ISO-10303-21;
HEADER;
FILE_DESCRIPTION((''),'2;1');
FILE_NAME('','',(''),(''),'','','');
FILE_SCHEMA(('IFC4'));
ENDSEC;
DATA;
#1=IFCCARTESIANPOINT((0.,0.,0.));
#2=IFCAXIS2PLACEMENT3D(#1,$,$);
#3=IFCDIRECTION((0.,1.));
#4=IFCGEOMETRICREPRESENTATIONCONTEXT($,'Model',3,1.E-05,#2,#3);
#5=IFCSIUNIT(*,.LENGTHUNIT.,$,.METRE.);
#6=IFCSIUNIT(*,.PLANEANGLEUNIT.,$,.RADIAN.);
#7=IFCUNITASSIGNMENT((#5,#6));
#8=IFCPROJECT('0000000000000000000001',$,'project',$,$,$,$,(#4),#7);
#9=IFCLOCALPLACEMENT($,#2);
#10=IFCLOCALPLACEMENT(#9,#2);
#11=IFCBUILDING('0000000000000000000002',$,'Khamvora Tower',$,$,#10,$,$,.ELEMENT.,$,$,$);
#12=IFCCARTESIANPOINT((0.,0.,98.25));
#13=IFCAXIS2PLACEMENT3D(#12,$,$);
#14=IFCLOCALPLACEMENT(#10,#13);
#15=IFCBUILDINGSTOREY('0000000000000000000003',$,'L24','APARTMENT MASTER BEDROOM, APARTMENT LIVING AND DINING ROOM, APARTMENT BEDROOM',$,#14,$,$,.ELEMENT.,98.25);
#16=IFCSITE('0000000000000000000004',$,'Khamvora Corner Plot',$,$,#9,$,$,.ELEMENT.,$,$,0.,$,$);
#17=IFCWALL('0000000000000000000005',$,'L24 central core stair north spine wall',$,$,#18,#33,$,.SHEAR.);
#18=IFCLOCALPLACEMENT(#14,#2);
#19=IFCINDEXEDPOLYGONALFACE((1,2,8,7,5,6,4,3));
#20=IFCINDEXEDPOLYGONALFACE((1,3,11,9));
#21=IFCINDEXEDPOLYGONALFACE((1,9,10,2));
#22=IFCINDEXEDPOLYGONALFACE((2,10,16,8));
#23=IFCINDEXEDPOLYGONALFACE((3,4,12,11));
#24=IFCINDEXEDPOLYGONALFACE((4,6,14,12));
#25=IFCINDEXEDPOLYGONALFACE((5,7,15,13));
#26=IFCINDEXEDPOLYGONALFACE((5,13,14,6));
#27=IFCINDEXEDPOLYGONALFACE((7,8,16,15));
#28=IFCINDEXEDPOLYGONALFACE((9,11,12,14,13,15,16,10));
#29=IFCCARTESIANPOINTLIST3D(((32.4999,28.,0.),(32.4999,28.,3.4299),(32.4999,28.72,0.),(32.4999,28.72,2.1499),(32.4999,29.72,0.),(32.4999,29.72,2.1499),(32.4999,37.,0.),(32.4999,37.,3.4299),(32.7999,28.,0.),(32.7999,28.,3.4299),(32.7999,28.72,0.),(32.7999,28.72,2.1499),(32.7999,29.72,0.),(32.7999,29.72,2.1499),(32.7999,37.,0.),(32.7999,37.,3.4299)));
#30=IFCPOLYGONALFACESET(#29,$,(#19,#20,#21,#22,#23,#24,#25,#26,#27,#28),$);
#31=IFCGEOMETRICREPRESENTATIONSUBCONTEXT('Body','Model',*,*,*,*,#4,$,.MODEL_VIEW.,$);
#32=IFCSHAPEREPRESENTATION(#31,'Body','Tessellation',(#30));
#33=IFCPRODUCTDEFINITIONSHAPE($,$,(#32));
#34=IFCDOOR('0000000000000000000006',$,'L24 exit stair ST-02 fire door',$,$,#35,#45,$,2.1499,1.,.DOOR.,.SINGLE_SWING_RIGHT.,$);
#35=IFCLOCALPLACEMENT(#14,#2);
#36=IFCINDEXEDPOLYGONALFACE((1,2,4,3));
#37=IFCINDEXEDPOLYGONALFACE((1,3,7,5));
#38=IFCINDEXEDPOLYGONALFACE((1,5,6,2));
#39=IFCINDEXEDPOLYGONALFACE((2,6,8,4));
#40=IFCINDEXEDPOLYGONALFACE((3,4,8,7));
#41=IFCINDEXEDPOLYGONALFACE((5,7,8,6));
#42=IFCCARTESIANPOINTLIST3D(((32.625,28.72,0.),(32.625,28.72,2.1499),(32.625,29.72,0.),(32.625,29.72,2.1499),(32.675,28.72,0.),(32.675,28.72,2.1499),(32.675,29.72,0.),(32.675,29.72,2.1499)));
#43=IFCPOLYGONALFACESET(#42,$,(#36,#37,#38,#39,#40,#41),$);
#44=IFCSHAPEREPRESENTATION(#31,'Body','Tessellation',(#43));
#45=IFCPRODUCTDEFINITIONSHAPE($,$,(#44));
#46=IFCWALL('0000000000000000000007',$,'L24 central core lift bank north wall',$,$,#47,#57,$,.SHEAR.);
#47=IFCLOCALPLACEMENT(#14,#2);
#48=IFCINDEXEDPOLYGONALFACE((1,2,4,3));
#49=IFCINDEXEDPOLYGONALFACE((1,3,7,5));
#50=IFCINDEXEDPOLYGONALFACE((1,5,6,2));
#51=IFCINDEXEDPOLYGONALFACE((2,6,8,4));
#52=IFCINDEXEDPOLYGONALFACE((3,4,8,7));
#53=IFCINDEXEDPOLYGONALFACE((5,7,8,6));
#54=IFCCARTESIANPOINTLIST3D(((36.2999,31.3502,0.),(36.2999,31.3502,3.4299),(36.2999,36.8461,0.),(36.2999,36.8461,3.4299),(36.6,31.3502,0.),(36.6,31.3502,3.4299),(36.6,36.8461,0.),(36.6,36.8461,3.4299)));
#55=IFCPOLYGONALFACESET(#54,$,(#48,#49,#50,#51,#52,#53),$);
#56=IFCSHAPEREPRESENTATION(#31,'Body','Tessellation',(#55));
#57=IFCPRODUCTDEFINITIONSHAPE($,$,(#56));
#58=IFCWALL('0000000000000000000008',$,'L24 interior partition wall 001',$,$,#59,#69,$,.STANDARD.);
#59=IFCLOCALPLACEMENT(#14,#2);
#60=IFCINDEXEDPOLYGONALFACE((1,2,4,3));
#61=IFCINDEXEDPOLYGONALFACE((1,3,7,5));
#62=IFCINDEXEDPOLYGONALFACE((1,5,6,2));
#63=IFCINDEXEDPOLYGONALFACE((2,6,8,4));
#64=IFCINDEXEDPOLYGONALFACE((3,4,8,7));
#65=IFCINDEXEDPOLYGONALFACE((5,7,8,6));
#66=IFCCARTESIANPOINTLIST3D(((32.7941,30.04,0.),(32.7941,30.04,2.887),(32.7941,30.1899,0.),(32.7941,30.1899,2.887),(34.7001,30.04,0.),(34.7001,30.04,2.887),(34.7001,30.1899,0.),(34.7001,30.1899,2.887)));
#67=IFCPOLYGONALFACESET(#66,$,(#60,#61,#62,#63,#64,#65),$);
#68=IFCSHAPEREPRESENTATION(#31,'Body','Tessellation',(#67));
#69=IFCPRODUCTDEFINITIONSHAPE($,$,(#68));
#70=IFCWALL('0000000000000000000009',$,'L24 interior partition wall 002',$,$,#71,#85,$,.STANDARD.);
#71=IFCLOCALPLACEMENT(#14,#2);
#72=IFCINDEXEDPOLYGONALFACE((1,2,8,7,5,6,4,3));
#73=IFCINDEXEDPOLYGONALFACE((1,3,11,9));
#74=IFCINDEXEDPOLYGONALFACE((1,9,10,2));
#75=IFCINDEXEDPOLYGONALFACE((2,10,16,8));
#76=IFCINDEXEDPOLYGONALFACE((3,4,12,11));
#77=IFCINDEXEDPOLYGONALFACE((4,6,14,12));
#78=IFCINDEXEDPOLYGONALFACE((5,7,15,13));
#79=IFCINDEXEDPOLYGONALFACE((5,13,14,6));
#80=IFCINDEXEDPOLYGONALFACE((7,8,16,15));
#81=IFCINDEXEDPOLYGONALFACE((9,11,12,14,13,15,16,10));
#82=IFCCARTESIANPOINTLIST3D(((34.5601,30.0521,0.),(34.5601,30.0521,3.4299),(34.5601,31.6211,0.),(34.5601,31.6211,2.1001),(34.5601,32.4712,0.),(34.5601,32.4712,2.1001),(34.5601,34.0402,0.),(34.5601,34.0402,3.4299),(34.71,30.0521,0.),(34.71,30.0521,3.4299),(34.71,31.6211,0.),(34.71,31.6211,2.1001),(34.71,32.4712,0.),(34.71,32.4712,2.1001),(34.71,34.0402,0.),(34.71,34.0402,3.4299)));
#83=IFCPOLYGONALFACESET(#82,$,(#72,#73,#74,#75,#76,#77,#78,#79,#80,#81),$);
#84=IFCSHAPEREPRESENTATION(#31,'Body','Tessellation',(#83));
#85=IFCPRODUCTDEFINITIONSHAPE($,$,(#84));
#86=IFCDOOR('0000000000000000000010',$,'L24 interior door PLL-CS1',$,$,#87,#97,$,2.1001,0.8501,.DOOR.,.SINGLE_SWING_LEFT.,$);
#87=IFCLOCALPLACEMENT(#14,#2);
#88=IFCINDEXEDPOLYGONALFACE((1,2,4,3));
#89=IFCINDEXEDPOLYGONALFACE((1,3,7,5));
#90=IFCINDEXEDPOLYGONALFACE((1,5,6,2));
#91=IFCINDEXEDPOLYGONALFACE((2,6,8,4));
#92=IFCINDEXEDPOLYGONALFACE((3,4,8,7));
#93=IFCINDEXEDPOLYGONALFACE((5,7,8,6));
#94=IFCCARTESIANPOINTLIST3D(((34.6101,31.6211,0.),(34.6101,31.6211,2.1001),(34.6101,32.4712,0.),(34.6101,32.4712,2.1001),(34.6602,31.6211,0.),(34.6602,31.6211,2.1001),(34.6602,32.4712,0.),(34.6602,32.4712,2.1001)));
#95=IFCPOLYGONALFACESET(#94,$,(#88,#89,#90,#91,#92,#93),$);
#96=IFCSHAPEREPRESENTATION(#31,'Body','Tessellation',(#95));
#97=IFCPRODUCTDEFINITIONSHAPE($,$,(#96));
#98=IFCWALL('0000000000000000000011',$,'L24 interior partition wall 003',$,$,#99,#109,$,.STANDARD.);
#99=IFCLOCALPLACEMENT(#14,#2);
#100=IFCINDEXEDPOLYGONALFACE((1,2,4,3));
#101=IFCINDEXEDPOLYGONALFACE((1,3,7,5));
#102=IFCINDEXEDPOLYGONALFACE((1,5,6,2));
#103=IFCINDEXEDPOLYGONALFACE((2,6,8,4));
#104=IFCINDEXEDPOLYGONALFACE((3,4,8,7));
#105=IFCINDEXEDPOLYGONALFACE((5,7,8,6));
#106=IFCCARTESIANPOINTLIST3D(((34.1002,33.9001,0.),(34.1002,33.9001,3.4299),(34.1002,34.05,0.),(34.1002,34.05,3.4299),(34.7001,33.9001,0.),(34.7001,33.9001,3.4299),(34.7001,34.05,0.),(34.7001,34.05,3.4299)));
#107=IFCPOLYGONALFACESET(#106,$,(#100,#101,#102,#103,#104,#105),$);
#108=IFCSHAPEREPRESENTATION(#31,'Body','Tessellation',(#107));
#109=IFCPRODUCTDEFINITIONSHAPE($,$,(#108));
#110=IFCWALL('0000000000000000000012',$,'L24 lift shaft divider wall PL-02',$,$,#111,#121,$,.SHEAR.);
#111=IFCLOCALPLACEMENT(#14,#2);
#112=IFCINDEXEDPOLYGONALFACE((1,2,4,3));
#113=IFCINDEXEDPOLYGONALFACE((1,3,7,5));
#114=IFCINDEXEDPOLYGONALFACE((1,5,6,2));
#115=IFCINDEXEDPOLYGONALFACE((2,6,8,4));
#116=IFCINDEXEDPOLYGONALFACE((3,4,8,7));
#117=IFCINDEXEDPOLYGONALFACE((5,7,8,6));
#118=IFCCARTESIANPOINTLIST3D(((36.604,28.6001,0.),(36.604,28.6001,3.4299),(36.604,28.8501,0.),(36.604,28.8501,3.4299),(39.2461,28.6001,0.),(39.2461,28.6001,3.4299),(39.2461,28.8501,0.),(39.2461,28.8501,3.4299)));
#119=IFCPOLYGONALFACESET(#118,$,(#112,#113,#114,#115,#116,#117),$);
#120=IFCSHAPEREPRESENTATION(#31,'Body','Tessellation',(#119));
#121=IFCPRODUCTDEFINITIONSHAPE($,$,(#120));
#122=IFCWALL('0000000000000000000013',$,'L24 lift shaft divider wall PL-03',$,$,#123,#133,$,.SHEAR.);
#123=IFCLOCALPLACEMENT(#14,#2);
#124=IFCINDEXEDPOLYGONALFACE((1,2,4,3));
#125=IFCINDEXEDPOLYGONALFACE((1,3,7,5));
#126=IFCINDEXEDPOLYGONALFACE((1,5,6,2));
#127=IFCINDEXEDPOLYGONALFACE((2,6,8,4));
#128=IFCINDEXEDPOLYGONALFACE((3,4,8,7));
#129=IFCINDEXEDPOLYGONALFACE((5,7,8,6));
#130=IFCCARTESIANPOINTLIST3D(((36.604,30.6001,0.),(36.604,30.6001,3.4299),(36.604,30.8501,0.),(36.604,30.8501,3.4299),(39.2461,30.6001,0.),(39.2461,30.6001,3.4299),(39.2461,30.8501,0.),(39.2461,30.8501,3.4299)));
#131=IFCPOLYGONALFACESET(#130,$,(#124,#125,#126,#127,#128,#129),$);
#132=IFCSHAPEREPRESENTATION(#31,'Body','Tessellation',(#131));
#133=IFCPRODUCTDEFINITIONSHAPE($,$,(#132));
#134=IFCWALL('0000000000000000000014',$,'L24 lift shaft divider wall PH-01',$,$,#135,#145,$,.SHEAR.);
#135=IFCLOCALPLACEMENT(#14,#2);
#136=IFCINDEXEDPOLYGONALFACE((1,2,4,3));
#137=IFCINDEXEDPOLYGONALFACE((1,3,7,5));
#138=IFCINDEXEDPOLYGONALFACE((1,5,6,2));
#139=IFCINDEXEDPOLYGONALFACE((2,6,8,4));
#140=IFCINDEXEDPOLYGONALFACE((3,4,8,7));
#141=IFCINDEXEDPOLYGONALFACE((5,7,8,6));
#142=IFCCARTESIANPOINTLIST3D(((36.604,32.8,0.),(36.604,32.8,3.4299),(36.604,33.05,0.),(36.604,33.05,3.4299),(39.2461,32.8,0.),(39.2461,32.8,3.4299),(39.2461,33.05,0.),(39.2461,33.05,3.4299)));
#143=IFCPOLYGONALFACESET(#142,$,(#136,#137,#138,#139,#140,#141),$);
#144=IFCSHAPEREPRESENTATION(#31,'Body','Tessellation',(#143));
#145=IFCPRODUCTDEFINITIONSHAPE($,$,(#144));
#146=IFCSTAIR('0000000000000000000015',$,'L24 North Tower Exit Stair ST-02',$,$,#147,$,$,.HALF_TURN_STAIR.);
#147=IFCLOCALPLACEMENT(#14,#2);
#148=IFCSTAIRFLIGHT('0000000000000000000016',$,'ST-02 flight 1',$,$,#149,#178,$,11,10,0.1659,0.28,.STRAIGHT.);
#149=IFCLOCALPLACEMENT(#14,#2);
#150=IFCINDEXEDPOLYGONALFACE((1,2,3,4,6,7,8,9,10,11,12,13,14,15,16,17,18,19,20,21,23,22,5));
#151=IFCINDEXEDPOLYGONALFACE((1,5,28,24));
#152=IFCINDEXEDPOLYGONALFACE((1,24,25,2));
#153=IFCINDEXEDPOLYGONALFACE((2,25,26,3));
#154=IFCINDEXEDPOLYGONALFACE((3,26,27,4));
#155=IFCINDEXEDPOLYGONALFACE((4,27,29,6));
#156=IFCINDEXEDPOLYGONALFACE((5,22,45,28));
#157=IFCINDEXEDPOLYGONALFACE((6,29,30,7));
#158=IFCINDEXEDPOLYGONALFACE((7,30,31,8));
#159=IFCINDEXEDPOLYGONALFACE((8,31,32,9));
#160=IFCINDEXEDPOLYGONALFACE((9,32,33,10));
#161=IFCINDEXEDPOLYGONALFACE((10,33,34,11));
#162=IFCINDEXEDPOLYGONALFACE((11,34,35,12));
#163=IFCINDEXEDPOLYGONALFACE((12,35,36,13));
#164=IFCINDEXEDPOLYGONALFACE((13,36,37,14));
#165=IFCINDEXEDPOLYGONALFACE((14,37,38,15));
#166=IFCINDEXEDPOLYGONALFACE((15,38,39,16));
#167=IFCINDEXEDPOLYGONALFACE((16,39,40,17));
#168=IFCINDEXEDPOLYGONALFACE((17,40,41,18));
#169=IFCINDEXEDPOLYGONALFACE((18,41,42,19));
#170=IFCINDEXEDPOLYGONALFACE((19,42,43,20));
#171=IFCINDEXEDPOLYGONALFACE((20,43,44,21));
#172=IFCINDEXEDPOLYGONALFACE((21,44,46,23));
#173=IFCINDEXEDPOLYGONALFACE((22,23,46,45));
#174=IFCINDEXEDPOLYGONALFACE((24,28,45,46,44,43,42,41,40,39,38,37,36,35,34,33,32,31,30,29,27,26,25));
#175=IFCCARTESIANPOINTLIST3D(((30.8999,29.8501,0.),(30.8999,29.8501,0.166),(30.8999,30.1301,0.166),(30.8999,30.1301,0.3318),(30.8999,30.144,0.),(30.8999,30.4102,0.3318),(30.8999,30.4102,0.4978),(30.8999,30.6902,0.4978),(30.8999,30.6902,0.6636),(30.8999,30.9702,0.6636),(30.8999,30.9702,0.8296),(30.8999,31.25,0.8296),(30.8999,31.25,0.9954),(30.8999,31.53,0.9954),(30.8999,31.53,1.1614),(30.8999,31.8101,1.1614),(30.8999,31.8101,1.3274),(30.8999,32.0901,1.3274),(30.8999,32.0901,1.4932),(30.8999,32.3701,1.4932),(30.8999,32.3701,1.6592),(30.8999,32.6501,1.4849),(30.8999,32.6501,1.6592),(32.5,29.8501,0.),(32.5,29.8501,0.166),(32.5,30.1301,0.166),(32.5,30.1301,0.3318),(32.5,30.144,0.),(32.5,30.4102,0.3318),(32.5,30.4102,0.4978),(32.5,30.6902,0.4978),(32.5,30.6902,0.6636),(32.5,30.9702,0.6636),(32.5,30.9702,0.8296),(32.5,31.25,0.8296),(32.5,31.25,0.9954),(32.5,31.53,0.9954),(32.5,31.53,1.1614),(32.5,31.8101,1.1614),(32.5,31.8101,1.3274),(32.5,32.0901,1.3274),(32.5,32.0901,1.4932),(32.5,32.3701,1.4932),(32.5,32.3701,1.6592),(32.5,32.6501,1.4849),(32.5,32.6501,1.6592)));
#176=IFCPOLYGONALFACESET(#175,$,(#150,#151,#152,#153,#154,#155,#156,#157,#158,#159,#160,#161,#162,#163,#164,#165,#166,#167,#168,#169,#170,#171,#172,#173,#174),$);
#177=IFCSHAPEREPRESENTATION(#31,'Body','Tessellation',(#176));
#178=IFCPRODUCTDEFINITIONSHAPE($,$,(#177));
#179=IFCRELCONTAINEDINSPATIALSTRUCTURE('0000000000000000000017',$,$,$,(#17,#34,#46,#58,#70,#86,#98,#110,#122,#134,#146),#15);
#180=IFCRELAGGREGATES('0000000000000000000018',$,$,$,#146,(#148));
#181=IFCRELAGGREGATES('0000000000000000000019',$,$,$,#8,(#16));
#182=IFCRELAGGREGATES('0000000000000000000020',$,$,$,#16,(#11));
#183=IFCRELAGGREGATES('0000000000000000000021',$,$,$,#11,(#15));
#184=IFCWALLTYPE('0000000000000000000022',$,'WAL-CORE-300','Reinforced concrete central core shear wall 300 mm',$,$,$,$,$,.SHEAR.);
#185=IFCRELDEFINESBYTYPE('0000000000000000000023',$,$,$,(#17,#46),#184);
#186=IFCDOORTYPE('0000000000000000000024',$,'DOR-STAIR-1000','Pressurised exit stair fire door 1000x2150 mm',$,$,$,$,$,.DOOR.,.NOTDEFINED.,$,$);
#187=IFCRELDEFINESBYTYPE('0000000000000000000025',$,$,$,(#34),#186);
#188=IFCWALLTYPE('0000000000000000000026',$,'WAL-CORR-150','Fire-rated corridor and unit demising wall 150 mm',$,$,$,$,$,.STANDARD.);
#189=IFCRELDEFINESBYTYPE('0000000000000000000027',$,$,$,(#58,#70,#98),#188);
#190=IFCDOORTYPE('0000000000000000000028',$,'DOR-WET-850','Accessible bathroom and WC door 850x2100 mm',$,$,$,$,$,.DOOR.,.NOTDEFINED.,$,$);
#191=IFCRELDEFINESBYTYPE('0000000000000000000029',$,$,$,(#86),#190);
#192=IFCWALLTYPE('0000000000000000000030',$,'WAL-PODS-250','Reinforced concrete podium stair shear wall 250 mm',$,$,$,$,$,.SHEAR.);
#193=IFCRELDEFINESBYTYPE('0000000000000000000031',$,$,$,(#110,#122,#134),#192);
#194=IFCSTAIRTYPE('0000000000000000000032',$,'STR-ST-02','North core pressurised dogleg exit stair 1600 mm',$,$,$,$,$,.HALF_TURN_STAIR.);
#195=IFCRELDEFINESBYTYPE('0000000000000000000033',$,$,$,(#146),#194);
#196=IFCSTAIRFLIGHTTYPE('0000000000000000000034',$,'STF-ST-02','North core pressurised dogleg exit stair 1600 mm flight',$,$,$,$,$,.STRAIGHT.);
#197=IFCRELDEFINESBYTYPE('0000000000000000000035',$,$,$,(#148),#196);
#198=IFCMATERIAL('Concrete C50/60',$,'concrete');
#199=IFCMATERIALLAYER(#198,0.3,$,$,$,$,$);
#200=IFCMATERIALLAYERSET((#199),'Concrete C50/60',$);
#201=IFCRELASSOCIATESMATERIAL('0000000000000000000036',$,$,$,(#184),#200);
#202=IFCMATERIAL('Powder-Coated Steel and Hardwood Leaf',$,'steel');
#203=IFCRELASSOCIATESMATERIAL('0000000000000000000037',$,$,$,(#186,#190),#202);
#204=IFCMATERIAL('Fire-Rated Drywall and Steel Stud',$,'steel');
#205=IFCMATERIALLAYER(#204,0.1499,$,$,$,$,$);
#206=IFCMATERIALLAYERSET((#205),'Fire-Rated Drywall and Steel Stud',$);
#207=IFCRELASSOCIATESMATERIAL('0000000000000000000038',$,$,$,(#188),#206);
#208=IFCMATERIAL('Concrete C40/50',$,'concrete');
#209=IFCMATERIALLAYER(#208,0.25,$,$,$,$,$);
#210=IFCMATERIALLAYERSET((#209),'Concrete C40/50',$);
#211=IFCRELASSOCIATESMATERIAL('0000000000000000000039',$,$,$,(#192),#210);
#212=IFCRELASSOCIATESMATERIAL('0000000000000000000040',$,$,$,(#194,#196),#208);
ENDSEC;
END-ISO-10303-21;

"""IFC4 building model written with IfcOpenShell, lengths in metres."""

from ifc_helpers import new_model, si_unit, direction, frame, frame_2d, origin, place, context, subcontext, project, spatial, polyline, rectangle, outline, extrude, material, layer, layer_set, type_object, element, fill, aggregate, save


model = new_model("IFC4")

# Units and contexts
model_context = context("Model", 3, precision=1e-05, world=origin(), true_north=direction((0.0, 1.0)))
body_context = subcontext(model_context, "Body", "Model", "MODEL_VIEW")
ifc_project = project(units=[si_unit("LENGTHUNIT", "METRE"), si_unit("PLANEANGLEUNIT", "RADIAN")], contexts=[model_context])

# Site, building, storey
site_placement = place(None, origin())
site = spatial("IfcSite", under=ifc_project, at=site_placement, Name="Khamvora Corner Plot", CompositionType="ELEMENT", RefElevation=0.0)
building_placement = place(site_placement, origin())
building = spatial("IfcBuilding", under=site, at=building_placement, Name="Khamvora Tower", CompositionType="ELEMENT")
storey_placement = place(building_placement, frame((0.0, 0.0, 98.25)))
storey = spatial("IfcBuildingStorey", under=building, at=storey_placement, Name="L24", Description="APARTMENT MASTER BEDROOM, APARTMENT LIVING AND DINING ROOM, APARTMENT BEDROOM", CompositionType="ELEMENT", Elevation=98.25)

# Wall, opening, door
ifc_material_1 = material(Name="Concrete C50/60", Category="concrete")
ifc_layer_1 = layer(ifc_material_1, 0.3)
ifc_layer_set_1 = layer_set([ifc_layer_1], Name="Concrete C50/60")
wall_type_1 = type_object("IfcWallType", Name="WAL-CORE-300", Description="Reinforced concrete central core shear wall 300 mm", PredefinedType="SHEAR", material=ifc_layer_set_1)
wall_1_placement = place(storey_placement, frame((32.6499, 28.0, 0.0), z_axis=(0.0, 0.0, 1.0), x_axis=(0.0, 1.0, 0.0)))
wall_1 = element("IfcWall", 1, at=wall_1_placement, inside=storey, type_object=wall_type_1, Name="L24 central core stair north spine wall", PredefinedType="SHEAR", context=body_context, shape_type="SweptSolid", body=[
    extrude(rectangle(XDim=9.0, YDim=0.3, at=frame_2d((4.5, 0.0))), origin(), (0.0, 0.0, 1.0), 3.4299),
])
opening_1_placement = place(wall_1_placement, frame((0.72, 0.0, 0.0)))
opening_1 = element("IfcOpeningElement", 2, at=opening_1_placement, cuts=wall_1, PredefinedType="OPENING", context=body_context, shape_type="SweptSolid", body=[
    extrude(rectangle(XDim=1.0, YDim=2.1499, at=frame_2d((0.5, 1.075))), frame((0.0, 0.1599, 0.0), z_axis=(0.0, -1.0, 0.0), x_axis=(1.0, 0.0, 0.0)), (0.0, 0.0, 1.0), 0.3201),
])
ifc_material_2 = material(Name="Powder-Coated Steel and Hardwood Leaf", Category="steel")
door_type_1 = type_object("IfcDoorType", Name="DOR-STAIR-1000", Description="Pressurised exit stair fire door 1000x2150 mm", OperationType="NOTDEFINED", PredefinedType="DOOR", material=ifc_material_2)
door_1_placement = place(opening_1_placement, origin())
door_1 = element("IfcDoor", 3, at=door_1_placement, inside=storey, type_object=door_type_1, Name="L24 exit stair ST-02 fire door", OperationType="SINGLE_SWING_RIGHT", OverallHeight=2.1499, OverallWidth=1.0, PredefinedType="DOOR", context=body_context, shape_type="SweptSolid", body=[
    extrude(rectangle(XDim=1.0, YDim=2.1499, at=frame_2d((0.5, 1.075))), frame((0.0, 0.0249, 0.0), z_axis=(0.0, -1.0, 0.0), x_axis=(1.0, 0.0, 0.0)), (0.0, 0.0, 1.0), 0.05),
])
fill(opening_1, door_1)

# Walls
wall_2_placement = place(storey_placement, frame((36.45, 31.3501, 0.0), z_axis=(0.0, 0.0, 1.0), x_axis=(0.0, 1.0, 0.0)))
element("IfcWall", 4, at=wall_2_placement, inside=storey, type_object=wall_type_1, Name="L24 central core lift bank north wall", PredefinedType="SHEAR", context=body_context, shape_type="SweptSolid", body=[
    extrude(rectangle(XDim=5.4958, YDim=0.3, at=frame_2d((2.748, 0.0))), origin(), (0.0, 0.0, 1.0), 3.4299),
])
ifc_material_3 = material(Name="Fire-Rated Drywall and Steel Stud", Category="steel")
ifc_layer_2 = layer(ifc_material_3, 0.1499)
ifc_layer_set_2 = layer_set([ifc_layer_2], Name="Fire-Rated Drywall and Steel Stud")
wall_type_2 = type_object("IfcWallType", Name="WAL-CORR-150", Description="Fire-rated corridor and unit demising wall 150 mm", PredefinedType="STANDARD", material=ifc_layer_set_2)
wall_3_placement = place(storey_placement, frame((32.7939, 30.115, 0.0), z_axis=(0.0, 0.0, 1.0), x_axis=(1.0, 0.0, 0.0)))
element("IfcWall", 5, at=wall_3_placement, inside=storey, type_object=wall_type_2, Name="L24 interior partition wall 001", PredefinedType="STANDARD", context=body_context, shape_type="SweptSolid", body=[
    extrude(rectangle(XDim=1.906, YDim=0.1499, at=frame_2d((0.9531, 0.0))), origin(), (0.0, 0.0, 1.0), 2.887),
])

# Wall, opening, door
wall_4_placement = place(storey_placement, frame((34.635, 30.052, 0.0), z_axis=(0.0, 0.0, 1.0), x_axis=(0.0, 1.0, 0.0)))
wall_4 = element("IfcWall", 6, at=wall_4_placement, inside=storey, type_object=wall_type_2, Name="L24 interior partition wall 002", PredefinedType="STANDARD", context=body_context, shape_type="SweptSolid", body=[
    extrude(rectangle(XDim=3.988, YDim=0.1499, at=frame_2d((1.9941, 0.0))), origin(), (0.0, 0.0, 1.0), 3.4299),
])
opening_2_placement = place(wall_4_placement, frame((1.5691, 0.0, 0.0)))
opening_2 = element("IfcOpeningElement", 7, at=opening_2_placement, cuts=wall_4, PredefinedType="OPENING", context=body_context, shape_type="SweptSolid", body=[
    extrude(rectangle(XDim=0.8501, YDim=2.1001, at=frame_2d((0.425, 1.05))), frame((0.0, 0.085, 0.0), z_axis=(0.0, -1.0, 0.0), x_axis=(1.0, 0.0, 0.0)), (0.0, 0.0, 1.0), 0.1699),
])
door_type_2 = type_object("IfcDoorType", Name="DOR-WET-850", Description="Accessible bathroom and WC door 850x2100 mm", OperationType="NOTDEFINED", PredefinedType="DOOR", material=ifc_material_2)
door_2_placement = place(opening_2_placement, origin())
door_2 = element("IfcDoor", 8, at=door_2_placement, inside=storey, type_object=door_type_2, Name="L24 interior door PLL-CS1", OperationType="SINGLE_SWING_LEFT", OverallHeight=2.1001, OverallWidth=0.8501, PredefinedType="DOOR", context=body_context, shape_type="SweptSolid", body=[
    extrude(rectangle(XDim=0.8501, YDim=2.1001, at=frame_2d((0.425, 1.05))), frame((0.0, 0.0249, 0.0), z_axis=(0.0, -1.0, 0.0), x_axis=(1.0, 0.0, 0.0)), (0.0, 0.0, 1.0), 0.05),
])
fill(opening_2, door_2)

# Walls
wall_5_placement = place(storey_placement, frame((34.7, 33.9751, 0.0), z_axis=(0.0, 0.0, 1.0), x_axis=(-1.0, 0.0, 0.0)))
element("IfcWall", 9, at=wall_5_placement, inside=storey, type_object=wall_type_2, Name="L24 interior partition wall 003", PredefinedType="STANDARD", context=body_context, shape_type="SweptSolid", body=[
    extrude(rectangle(XDim=0.5999, YDim=0.1499, at=frame_2d((0.2998, 0.0))), origin(), (0.0, 0.0, 1.0), 3.4299),
])
ifc_material_4 = material(Name="Concrete C40/50", Category="concrete")
ifc_layer_3 = layer(ifc_material_4, 0.25)
ifc_layer_set_3 = layer_set([ifc_layer_3], Name="Concrete C40/50")
wall_type_3 = type_object("IfcWallType", Name="WAL-PODS-250", Description="Reinforced concrete podium stair shear wall 250 mm", PredefinedType="SHEAR", material=ifc_layer_set_3)
for number, where, z_axis, x_axis, name in (
    (10, (36.604, 28.7251, 0.0), (0.0, 0.0, 1.0), (1.0, 0.0, 0.0), "L24 lift shaft divider wall PL-02"),
    (11, (36.604, 30.7251, 0.0), (0.0, 0.0, 1.0), (1.0, 0.0, 0.0), "L24 lift shaft divider wall PL-03"),
    (12, (36.604, 32.925, 0.0), (0.0, 0.0, 1.0), (1.0, 0.0, 0.0), "L24 lift shaft divider wall PH-01"),
):
    element("IfcWall", number, at=place(storey_placement, frame(where, z_axis=z_axis, x_axis=x_axis)), inside=storey, type_object=wall_type_3, Name=name, PredefinedType="SHEAR", context=body_context, shape_type="SweptSolid", body=[
        extrude(rectangle(XDim=2.6421, YDim=0.25, at=frame_2d((1.321, 0.0))), origin(), (0.0, 0.0, 1.0), 3.4299),
    ])

# Stair, stair flight
stair_type = type_object("IfcStairType", Name="STR-ST-02", Description="North core pressurised dogleg exit stair 1600 mm", PredefinedType="HALF_TURN_STAIR", material=ifc_material_4)
stair_placement = place(storey_placement, origin())
stair = element("IfcStair", 13, at=stair_placement, inside=storey, type_object=stair_type, Name="L24 North Tower Exit Stair ST-02", PredefinedType="HALF_TURN_STAIR")
stair_flight_type = type_object("IfcStairFlightType", Name="STF-ST-02", Description="North core pressurised dogleg exit stair 1600 mm flight", PredefinedType="STRAIGHT", material=ifc_material_4)
stair_flight_1_placement = place(storey_placement, frame((31.7, 29.8501, 0.0), z_axis=(0.0, 0.0, 1.0), x_axis=(0.0, 1.0, 0.0)))
stair_flight_1 = element("IfcStairFlight", 14, at=stair_flight_1_placement, type_object=stair_flight_type, Name="ST-02 flight 1", NumberOfRisers=11, NumberOfTreads=10, PredefinedType="STRAIGHT", RiserHeight=0.1659, TreadLength=0.28, context=body_context, shape_type="SweptSolid", body=[
    extrude(outline(polyline([(0.0, 0.0), (0.0, 0.166), (0.28, 0.166), (0.28, 0.3318), (0.5601, 0.3318), (0.5601, 0.4978), (0.8401, 0.4978), (0.8401, 0.6636), (1.1201, 0.6636), (1.1201, 0.8296), (1.3999, 0.8296), (1.3999, 0.9954), (1.6799, 0.9954), (1.6799, 1.1614), (1.96, 1.1614), (1.96, 1.3274), (2.24, 1.3274), (2.24, 1.4932), (2.52, 1.4932), (2.52, 1.6592), (2.8, 1.6592), (2.8, 1.825), (2.8, 1.4849), (0.2939, 0.0), (0.0, 0.0)])), frame((0.0, 0.8, 0.0), z_axis=(0.0, -1.0, 0.0), x_axis=(1.0, 0.0, 0.0)), (0.0, 0.0, 1.0), 1.6001),
])
aggregate(stair, [stair_flight_1])

save(model, "model.ifc")
